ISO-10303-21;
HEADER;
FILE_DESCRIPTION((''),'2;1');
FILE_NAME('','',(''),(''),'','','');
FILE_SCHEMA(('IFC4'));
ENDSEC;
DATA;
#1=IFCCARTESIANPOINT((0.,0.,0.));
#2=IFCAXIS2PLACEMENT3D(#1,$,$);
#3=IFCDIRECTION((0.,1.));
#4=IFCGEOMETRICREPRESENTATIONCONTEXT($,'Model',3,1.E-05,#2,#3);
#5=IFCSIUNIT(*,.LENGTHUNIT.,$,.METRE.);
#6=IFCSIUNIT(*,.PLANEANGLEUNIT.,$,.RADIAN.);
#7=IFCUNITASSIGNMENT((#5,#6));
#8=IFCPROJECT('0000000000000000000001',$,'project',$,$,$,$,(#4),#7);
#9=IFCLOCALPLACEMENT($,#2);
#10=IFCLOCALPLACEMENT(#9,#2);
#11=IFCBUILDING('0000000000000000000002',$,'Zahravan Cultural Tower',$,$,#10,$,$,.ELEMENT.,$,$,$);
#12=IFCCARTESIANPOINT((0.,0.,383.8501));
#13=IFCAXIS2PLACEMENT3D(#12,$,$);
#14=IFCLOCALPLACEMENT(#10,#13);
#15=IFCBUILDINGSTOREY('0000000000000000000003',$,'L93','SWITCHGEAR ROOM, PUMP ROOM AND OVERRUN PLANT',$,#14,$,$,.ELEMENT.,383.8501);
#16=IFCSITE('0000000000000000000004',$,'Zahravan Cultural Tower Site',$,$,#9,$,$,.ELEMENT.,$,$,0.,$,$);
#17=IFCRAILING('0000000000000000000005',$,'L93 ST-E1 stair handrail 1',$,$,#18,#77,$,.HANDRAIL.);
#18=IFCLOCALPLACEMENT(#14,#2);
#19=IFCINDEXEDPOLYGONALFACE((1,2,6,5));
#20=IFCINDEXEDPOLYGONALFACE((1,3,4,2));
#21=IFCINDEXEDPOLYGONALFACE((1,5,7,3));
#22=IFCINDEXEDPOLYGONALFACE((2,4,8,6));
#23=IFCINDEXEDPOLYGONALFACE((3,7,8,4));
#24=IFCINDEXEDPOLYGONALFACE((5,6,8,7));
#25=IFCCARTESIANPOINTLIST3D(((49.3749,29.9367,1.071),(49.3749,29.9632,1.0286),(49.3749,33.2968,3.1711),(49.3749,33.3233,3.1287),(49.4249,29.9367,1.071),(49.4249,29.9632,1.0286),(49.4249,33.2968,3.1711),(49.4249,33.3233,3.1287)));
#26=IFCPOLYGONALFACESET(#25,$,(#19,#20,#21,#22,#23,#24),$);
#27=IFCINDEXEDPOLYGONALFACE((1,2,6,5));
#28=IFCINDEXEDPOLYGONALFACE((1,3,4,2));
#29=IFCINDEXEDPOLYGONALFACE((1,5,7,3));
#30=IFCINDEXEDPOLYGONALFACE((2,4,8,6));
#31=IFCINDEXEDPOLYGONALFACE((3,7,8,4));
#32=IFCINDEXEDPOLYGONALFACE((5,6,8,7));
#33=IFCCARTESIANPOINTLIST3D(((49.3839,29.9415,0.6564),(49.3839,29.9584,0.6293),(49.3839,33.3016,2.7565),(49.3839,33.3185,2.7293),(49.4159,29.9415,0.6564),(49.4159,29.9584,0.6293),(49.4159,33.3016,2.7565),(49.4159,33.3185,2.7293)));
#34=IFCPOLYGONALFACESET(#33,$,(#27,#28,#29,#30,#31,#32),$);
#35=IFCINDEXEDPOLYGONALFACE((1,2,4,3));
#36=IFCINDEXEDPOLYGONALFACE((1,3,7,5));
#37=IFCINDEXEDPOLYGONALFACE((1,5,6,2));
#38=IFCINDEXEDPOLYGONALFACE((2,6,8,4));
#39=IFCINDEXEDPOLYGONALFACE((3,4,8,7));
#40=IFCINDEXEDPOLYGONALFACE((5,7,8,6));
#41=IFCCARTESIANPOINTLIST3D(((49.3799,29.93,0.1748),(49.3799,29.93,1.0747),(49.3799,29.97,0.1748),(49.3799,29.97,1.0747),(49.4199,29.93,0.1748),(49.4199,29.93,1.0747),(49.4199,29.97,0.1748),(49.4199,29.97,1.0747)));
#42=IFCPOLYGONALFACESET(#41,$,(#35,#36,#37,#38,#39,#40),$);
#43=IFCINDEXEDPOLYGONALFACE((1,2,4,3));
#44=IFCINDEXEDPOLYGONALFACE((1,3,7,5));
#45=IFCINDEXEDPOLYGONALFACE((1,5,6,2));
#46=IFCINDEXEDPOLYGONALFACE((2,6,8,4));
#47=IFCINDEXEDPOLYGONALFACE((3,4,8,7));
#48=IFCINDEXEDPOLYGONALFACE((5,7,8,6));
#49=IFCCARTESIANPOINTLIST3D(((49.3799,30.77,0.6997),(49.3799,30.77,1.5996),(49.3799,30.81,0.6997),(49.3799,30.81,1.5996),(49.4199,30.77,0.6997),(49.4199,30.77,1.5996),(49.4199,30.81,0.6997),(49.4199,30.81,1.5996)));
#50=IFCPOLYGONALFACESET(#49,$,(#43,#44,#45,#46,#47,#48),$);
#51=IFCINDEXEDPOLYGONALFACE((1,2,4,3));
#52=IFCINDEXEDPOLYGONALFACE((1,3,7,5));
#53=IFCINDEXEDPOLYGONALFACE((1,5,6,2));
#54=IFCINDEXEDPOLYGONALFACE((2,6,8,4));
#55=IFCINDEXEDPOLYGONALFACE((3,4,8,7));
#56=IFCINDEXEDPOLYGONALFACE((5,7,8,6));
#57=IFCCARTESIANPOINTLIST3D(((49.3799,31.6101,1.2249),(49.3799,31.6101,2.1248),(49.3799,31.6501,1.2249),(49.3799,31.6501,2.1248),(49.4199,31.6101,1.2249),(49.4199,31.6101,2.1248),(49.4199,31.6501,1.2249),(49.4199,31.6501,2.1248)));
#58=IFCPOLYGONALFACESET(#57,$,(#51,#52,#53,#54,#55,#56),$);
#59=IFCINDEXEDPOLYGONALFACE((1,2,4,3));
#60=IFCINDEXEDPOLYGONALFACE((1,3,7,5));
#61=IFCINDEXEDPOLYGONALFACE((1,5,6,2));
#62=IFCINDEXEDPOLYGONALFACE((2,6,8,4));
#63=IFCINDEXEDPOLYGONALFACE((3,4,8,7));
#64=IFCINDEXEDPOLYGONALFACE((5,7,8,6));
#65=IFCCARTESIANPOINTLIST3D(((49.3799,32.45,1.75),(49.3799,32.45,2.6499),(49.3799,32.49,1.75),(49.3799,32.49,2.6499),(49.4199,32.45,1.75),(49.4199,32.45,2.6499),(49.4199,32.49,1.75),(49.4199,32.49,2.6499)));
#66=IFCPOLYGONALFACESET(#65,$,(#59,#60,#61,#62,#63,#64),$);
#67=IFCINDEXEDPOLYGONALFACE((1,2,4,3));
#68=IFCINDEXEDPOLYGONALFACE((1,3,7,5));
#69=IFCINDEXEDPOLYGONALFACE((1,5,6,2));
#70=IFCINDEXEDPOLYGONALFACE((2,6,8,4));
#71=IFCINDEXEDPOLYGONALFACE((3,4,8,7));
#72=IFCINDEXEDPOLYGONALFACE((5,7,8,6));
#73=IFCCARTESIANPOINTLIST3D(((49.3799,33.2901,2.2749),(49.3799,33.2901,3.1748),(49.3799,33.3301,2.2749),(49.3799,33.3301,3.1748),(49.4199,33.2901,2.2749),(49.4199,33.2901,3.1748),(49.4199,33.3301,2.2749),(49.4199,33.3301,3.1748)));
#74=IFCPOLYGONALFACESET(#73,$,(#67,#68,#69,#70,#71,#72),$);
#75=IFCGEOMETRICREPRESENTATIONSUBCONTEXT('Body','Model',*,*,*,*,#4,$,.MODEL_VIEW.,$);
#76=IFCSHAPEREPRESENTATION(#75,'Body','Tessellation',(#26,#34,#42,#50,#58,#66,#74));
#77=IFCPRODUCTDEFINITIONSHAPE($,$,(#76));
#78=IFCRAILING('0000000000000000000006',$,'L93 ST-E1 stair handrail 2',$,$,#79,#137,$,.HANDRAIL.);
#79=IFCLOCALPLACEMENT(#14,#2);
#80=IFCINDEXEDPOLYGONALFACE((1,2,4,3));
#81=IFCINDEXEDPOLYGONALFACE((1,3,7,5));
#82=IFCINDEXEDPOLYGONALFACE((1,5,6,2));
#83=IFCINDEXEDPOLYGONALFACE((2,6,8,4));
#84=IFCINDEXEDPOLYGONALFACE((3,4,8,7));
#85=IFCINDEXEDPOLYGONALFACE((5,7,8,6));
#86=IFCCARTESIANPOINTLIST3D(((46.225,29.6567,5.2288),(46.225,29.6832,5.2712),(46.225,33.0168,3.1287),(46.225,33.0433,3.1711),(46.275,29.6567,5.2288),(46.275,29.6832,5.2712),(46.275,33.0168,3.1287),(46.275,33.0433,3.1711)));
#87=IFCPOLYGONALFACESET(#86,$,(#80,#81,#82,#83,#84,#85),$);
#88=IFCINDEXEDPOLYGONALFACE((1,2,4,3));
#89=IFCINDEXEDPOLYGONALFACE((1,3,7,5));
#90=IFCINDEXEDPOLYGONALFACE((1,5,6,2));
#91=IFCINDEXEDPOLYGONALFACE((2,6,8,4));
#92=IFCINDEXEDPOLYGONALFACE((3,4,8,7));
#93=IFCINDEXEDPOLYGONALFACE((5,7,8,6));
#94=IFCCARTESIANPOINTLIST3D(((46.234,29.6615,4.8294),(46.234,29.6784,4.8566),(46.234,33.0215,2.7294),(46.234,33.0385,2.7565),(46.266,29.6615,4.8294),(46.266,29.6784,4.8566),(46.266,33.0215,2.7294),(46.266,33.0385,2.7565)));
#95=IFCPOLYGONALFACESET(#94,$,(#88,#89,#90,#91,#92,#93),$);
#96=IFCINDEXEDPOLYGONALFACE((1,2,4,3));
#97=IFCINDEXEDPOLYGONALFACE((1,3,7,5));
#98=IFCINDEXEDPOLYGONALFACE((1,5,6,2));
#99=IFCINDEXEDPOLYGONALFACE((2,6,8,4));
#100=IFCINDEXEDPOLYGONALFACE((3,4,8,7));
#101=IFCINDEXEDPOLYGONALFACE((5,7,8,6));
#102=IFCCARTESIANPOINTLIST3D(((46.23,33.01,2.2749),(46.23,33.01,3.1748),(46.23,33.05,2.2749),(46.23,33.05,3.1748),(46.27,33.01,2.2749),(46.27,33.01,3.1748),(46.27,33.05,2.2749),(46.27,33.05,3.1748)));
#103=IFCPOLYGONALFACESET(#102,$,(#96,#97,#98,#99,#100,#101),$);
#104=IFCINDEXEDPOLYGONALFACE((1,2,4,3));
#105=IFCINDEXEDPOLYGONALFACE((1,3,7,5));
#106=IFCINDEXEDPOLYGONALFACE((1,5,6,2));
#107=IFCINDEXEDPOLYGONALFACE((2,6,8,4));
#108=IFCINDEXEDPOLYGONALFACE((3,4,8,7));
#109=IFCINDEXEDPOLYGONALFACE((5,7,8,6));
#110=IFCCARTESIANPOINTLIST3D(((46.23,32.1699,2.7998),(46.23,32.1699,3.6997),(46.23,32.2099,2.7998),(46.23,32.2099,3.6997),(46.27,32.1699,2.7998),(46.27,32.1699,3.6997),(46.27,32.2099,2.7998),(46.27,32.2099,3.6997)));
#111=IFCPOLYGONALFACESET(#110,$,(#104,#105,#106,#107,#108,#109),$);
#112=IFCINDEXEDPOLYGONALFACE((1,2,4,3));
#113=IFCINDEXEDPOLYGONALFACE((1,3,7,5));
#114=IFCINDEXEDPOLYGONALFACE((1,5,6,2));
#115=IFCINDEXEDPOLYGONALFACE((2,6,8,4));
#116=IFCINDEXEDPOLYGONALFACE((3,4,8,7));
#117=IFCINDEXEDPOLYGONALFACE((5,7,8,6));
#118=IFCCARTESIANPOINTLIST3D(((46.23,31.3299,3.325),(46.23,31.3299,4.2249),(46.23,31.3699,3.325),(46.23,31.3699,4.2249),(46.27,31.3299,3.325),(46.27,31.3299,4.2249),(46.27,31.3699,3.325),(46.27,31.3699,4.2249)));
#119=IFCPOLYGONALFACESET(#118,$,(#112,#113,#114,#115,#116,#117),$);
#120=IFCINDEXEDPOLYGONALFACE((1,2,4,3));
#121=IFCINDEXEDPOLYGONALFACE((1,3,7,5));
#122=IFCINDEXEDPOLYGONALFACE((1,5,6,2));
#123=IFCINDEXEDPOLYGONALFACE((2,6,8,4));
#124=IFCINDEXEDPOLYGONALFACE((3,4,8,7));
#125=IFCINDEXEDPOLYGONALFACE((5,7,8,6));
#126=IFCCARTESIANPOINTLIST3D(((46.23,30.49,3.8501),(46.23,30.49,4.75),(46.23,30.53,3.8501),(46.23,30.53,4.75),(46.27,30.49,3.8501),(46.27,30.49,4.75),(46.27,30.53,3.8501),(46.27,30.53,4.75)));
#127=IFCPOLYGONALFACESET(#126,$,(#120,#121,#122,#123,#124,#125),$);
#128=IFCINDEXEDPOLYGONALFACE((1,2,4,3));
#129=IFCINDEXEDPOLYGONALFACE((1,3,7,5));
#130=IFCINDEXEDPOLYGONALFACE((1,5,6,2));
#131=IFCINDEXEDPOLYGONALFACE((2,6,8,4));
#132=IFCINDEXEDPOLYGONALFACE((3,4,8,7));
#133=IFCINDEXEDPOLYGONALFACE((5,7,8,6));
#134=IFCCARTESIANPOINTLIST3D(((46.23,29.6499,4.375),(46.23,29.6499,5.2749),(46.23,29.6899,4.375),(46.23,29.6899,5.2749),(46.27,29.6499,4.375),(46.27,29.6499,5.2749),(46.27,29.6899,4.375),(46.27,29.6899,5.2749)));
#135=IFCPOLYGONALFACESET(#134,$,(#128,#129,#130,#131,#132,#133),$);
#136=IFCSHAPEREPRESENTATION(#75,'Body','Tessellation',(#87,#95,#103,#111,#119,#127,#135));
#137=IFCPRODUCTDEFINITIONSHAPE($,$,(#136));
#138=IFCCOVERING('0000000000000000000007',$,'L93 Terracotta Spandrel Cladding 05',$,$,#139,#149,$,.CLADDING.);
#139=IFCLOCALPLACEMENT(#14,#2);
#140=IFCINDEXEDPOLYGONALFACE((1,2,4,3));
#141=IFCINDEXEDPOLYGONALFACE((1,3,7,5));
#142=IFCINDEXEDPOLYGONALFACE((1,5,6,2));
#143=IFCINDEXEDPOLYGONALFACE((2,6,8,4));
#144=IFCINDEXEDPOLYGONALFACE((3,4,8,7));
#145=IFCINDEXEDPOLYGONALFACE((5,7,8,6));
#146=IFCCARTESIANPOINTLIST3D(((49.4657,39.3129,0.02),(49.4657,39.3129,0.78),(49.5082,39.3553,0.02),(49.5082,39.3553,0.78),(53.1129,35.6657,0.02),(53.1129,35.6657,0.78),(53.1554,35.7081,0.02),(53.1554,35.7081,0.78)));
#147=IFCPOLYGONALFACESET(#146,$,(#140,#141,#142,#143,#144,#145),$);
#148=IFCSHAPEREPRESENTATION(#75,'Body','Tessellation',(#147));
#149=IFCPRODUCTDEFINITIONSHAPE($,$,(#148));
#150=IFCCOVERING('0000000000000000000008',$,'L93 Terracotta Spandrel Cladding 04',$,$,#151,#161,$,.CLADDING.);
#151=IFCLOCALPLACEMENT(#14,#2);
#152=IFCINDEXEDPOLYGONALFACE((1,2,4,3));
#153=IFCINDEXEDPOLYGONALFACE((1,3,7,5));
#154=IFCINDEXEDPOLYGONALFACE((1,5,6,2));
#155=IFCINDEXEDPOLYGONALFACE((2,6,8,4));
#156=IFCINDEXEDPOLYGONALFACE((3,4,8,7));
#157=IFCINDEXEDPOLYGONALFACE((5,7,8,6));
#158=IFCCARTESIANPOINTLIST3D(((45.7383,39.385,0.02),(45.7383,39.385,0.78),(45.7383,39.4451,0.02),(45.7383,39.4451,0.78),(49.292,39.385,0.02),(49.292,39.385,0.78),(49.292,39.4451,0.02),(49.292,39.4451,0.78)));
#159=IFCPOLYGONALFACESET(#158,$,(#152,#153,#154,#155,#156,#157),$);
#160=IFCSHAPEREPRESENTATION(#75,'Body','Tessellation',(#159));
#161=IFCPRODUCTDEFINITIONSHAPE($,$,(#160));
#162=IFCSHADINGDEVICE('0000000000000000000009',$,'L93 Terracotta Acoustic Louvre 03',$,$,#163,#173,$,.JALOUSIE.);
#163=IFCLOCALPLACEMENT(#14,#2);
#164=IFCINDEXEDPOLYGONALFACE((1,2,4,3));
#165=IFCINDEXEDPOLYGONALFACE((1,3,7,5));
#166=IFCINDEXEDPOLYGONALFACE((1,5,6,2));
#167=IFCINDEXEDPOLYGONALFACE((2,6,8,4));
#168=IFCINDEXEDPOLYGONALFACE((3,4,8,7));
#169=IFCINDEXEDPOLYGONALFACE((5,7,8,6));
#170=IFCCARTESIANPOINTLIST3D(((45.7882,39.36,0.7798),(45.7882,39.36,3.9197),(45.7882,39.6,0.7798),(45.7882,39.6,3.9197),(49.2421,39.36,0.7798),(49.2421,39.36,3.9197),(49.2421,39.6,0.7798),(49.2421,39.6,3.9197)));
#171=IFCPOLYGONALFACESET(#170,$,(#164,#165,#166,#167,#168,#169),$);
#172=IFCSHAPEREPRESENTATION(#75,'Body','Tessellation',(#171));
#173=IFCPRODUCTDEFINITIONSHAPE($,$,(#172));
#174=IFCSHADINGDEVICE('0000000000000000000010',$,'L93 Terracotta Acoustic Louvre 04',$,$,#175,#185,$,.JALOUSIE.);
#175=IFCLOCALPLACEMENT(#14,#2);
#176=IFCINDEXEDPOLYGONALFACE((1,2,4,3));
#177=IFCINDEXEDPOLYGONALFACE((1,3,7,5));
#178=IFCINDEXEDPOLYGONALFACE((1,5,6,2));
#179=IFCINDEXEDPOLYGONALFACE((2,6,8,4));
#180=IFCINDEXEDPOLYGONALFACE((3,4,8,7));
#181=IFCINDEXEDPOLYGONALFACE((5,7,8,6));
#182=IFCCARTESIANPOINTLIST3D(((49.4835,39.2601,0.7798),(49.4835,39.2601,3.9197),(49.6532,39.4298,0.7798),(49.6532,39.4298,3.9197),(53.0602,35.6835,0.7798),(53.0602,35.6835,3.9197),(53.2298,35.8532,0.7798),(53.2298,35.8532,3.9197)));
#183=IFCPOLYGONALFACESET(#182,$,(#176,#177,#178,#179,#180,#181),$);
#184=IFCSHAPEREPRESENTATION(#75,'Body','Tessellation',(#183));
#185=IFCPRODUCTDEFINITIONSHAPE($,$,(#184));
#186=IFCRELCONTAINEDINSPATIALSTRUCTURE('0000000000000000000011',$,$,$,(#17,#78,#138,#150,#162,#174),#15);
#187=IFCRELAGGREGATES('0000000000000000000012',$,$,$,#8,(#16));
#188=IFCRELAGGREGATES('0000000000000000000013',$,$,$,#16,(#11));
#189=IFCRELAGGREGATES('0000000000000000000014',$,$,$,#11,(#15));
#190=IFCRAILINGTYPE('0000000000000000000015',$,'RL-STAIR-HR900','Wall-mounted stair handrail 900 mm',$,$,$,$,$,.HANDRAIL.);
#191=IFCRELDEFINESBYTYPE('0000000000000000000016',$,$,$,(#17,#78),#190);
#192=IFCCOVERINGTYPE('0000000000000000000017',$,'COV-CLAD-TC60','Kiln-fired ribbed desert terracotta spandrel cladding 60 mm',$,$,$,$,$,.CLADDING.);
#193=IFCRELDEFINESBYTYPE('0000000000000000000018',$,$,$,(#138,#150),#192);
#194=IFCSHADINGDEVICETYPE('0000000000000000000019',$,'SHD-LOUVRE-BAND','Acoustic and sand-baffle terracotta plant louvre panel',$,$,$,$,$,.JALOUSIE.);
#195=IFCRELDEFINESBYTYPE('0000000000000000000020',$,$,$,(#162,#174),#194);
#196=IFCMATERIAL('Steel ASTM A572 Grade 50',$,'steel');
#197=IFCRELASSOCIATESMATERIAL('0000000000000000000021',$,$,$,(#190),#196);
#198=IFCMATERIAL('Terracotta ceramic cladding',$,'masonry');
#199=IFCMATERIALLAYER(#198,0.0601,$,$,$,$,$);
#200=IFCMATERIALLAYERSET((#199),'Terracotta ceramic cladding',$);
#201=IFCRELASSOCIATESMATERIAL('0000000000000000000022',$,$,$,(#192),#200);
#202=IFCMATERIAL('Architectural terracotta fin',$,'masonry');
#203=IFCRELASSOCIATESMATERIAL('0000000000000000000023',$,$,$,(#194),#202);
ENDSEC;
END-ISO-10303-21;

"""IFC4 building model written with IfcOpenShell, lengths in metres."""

from ifc_helpers import new_model, si_unit, direction, frame, origin, origin_2d, place, context, subcontext, project, spatial, rectangle, extrude, source, transform, mapped, material, layer, layer_set, type_object, element, save


model = new_model("IFC4")

# Units and contexts
model_context = context("Model", 3, precision=1e-05, world=origin(), true_north=direction((0.0, 1.0)))
body_context = subcontext(model_context, "Body", "Model", "MODEL_VIEW")
ifc_project = project(units=[si_unit("LENGTHUNIT", "METRE"), si_unit("PLANEANGLEUNIT", "RADIAN")], contexts=[model_context])

# Site, building, storey
site_placement = place(None, origin())
site = spatial("IfcSite", under=ifc_project, at=site_placement, Name="Zahravan Cultural Tower Site", CompositionType="ELEMENT", RefElevation=0.0)
building_placement = place(site_placement, origin())
building = spatial("IfcBuilding", under=site, at=building_placement, Name="Zahravan Cultural Tower", CompositionType="ELEMENT")
storey_placement = place(building_placement, frame((0.0, 0.0, 383.8501)))
storey = spatial("IfcBuildingStorey", under=building, at=storey_placement, Name="L93", Description="SWITCHGEAR ROOM, PUMP ROOM AND OVERRUN PLANT", CompositionType="ELEMENT", Elevation=383.8501)

# Railings
ifc_material_1 = material(Name="Steel ASTM A572 Grade 50", Category="steel")
railing_type_1 = type_object("IfcRailingType", Name="RL-STAIR-HR900", Description="Wall-mounted stair handrail 900 mm", PredefinedType="HANDRAIL", material=ifc_material_1)
railing_1_placement = place(storey_placement, frame((49.3999, 29.95, 0.1748)))
element("IfcRailing", 1, at=railing_1_placement, inside=storey, type_object=railing_type_1, Name="L93 ST-E1 stair handrail 1", PredefinedType="HANDRAIL", context=body_context, shape_type="SweptSolid", body=[
    extrude(rectangle(XDim=0.05, YDim=0.05, at=origin_2d()), frame((0.0, 0.0, 0.875), z_axis=(0.0, 0.847995, 0.530004), x_axis=(-1.0, 0.0, 0.0)), (0.0, 0.0, 1.0), 3.9624),
    extrude(rectangle(XDim=0.032, YDim=0.032, at=origin_2d()), frame((0.0, 0.0, 0.468), z_axis=(0.0, 0.847995, 0.530004), x_axis=(-1.0, 0.0, 0.0)), (0.0, 0.0, 1.0), 3.9624),
    extrude(rectangle(XDim=0.04, YDim=0.04, at=origin_2d()), origin(), (0.0, 0.0, 1.0), 0.8999),
    extrude(rectangle(XDim=0.04, YDim=0.04, at=origin_2d()), frame((0.0, 0.8401, 0.5249)), (0.0, 0.0, 1.0), 0.8999),
    extrude(rectangle(XDim=0.04, YDim=0.04, at=origin_2d()), frame((0.0, 1.6802, 1.05)), (0.0, 0.0, 1.0), 0.8999),
    extrude(rectangle(XDim=0.04, YDim=0.04, at=origin_2d()), frame((0.0, 2.52, 1.5752)), (0.0, 0.0, 1.0), 0.8999),
    extrude(rectangle(XDim=0.04, YDim=0.04, at=origin_2d()), frame((0.0, 3.3601, 2.1001)), (0.0, 0.0, 1.0), 0.8999),
])
railing_2_placement = place(storey_placement, frame((46.25, 33.03, 2.2749)))
element("IfcRailing", 2, at=railing_2_placement, inside=storey, type_object=railing_type_1, Name="L93 ST-E1 stair handrail 2", PredefinedType="HANDRAIL", context=body_context, shape_type="SweptSolid", body=[
    extrude(rectangle(XDim=0.05, YDim=0.05, at=origin_2d()), frame((0.0, 0.0, 0.875), z_axis=(0.0, -0.847995, 0.530004), x_axis=(1.0, 0.0, 0.0)), (0.0, 0.0, 1.0), 3.9624),
    extrude(rectangle(XDim=0.032, YDim=0.032, at=origin_2d()), frame((0.0, 0.0, 0.468), z_axis=(0.0, -0.847995, 0.530004), x_axis=(1.0, 0.0, 0.0)), (0.0, 0.0, 1.0), 3.9624),
    extrude(rectangle(XDim=0.04, YDim=0.04, at=origin_2d()), origin(), (0.0, 0.0, 1.0), 0.8999),
    extrude(rectangle(XDim=0.04, YDim=0.04, at=origin_2d()), frame((0.0, -0.8401, 0.5249)), (0.0, 0.0, 1.0), 0.8999),
    extrude(rectangle(XDim=0.04, YDim=0.04, at=origin_2d()), frame((0.0, -1.6802, 1.05)), (0.0, 0.0, 1.0), 0.8999),
    extrude(rectangle(XDim=0.04, YDim=0.04, at=origin_2d()), frame((0.0, -2.52, 1.5752)), (0.0, 0.0, 1.0), 0.8999),
    extrude(rectangle(XDim=0.04, YDim=0.04, at=origin_2d()), frame((0.0, -3.3601, 2.1001)), (0.0, 0.0, 1.0), 0.8999),
])

# Coverings
ifc_material_2 = material(Name="Terracotta ceramic cladding", Category="masonry")
ifc_layer_1 = layer(ifc_material_2, 0.0601)
ifc_layer_set_1 = layer_set([ifc_layer_1], Name="Terracotta ceramic cladding")
covering_type = type_object("IfcCoveringType", Name="COV-CLAD-TC60", Description="Kiln-fired ribbed desert terracotta spandrel cladding 60 mm", PredefinedType="CLADDING", material=ifc_layer_set_1)
shared_shape_1 = source(origin(), body_context, "Body", "SweptSolid", [
    extrude(rectangle(XDim=5.158, YDim=0.0601, at=origin_2d()), origin(), (0.0, 0.0, 1.0), 0.76),
])
covering_1_placement = place(storey_placement, frame((51.3105, 37.5105, 0.02), z_axis=(0.0, 0.0, 1.0), x_axis=(0.707107, -0.707107, 0.0)))
element("IfcCovering", 3, at=covering_1_placement, inside=storey, type_object=covering_type, Name="L93 Terracotta Spandrel Cladding 05", PredefinedType="CLADDING", context=body_context, shape_type="MappedRepresentation", body=[
    mapped(shared_shape_1, transform((0.0, 0.0, 0.0), x_axis=(1.0, 0.0, 0.0), y_axis=(0.0, 1.0, 0.0), z_axis=(0.0, 0.0, 1.0), scale=1.0)),
])
shared_shape_2 = source(origin(), body_context, "Body", "SweptSolid", [
    extrude(rectangle(XDim=3.5537, YDim=0.0601, at=origin_2d()), origin(), (0.0, 0.0, 1.0), 0.76),
])
covering_2_placement = place(storey_placement, frame((47.5151, 39.415, 0.02), z_axis=(0.0, 0.0, 1.0), x_axis=(1.0, 0.0, 0.0)))
element("IfcCovering", 4, at=covering_2_placement, inside=storey, type_object=covering_type, Name="L93 Terracotta Spandrel Cladding 04", PredefinedType="CLADDING", context=body_context, shape_type="MappedRepresentation", body=[
    mapped(shared_shape_2, transform((0.0, 0.0, 0.0), x_axis=(1.0, 0.0, 0.0), y_axis=(0.0, 1.0, 0.0), z_axis=(0.0, 0.0, 1.0), scale=1.0)),
])

# Shading devices
ifc_material_3 = material(Name="Architectural terracotta fin", Category="masonry")
shading_device_type = type_object("IfcShadingDeviceType", Name="SHD-LOUVRE-BAND", Description="Acoustic and sand-baffle terracotta plant louvre panel", PredefinedType="JALOUSIE", material=ifc_material_3)
shared_shape_3 = source(origin(), body_context, "Body", "SweptSolid", [
    extrude(rectangle(XDim=3.4539, YDim=0.24, at=origin_2d()), origin(), (0.0, 0.0, 1.0), 3.1399),
])
shading_device_1_placement = place(storey_placement, frame((47.5151, 39.48, 0.7798), z_axis=(0.0, 0.0, 1.0), x_axis=(1.0, 0.0, 0.0)))
element("IfcShadingDevice", 5, at=shading_device_1_placement, inside=storey, type_object=shading_device_type, Name="L93 Terracotta Acoustic Louvre 03", PredefinedType="JALOUSIE", context=body_context, shape_type="MappedRepresentation", body=[
    mapped(shared_shape_3, transform((0.0, 0.0, 0.0), x_axis=(1.0, 0.0, 0.0), y_axis=(0.0, 1.0, 0.0), z_axis=(0.0, 0.0, 1.0), scale=1.0)),
])
shared_shape_4 = source(origin(), body_context, "Body", "SweptSolid", [
    extrude(rectangle(XDim=5.0581, YDim=0.24, at=origin_2d()), origin(), (0.0, 0.0, 1.0), 3.1399),
])
shading_device_2_placement = place(storey_placement, frame((51.3567, 37.5566, 0.7798), z_axis=(0.0, 0.0, 1.0), x_axis=(0.707107, -0.707107, 0.0)))
element("IfcShadingDevice", 6, at=shading_device_2_placement, inside=storey, type_object=shading_device_type, Name="L93 Terracotta Acoustic Louvre 04", PredefinedType="JALOUSIE", context=body_context, shape_type="MappedRepresentation", body=[
    mapped(shared_shape_4, transform((0.0, 0.0, 0.0), x_axis=(1.0, 0.0, 0.0), y_axis=(0.0, 1.0, 0.0), z_axis=(0.0, 0.0, 1.0), scale=1.0)),
])

save(model, "model.ifc")
